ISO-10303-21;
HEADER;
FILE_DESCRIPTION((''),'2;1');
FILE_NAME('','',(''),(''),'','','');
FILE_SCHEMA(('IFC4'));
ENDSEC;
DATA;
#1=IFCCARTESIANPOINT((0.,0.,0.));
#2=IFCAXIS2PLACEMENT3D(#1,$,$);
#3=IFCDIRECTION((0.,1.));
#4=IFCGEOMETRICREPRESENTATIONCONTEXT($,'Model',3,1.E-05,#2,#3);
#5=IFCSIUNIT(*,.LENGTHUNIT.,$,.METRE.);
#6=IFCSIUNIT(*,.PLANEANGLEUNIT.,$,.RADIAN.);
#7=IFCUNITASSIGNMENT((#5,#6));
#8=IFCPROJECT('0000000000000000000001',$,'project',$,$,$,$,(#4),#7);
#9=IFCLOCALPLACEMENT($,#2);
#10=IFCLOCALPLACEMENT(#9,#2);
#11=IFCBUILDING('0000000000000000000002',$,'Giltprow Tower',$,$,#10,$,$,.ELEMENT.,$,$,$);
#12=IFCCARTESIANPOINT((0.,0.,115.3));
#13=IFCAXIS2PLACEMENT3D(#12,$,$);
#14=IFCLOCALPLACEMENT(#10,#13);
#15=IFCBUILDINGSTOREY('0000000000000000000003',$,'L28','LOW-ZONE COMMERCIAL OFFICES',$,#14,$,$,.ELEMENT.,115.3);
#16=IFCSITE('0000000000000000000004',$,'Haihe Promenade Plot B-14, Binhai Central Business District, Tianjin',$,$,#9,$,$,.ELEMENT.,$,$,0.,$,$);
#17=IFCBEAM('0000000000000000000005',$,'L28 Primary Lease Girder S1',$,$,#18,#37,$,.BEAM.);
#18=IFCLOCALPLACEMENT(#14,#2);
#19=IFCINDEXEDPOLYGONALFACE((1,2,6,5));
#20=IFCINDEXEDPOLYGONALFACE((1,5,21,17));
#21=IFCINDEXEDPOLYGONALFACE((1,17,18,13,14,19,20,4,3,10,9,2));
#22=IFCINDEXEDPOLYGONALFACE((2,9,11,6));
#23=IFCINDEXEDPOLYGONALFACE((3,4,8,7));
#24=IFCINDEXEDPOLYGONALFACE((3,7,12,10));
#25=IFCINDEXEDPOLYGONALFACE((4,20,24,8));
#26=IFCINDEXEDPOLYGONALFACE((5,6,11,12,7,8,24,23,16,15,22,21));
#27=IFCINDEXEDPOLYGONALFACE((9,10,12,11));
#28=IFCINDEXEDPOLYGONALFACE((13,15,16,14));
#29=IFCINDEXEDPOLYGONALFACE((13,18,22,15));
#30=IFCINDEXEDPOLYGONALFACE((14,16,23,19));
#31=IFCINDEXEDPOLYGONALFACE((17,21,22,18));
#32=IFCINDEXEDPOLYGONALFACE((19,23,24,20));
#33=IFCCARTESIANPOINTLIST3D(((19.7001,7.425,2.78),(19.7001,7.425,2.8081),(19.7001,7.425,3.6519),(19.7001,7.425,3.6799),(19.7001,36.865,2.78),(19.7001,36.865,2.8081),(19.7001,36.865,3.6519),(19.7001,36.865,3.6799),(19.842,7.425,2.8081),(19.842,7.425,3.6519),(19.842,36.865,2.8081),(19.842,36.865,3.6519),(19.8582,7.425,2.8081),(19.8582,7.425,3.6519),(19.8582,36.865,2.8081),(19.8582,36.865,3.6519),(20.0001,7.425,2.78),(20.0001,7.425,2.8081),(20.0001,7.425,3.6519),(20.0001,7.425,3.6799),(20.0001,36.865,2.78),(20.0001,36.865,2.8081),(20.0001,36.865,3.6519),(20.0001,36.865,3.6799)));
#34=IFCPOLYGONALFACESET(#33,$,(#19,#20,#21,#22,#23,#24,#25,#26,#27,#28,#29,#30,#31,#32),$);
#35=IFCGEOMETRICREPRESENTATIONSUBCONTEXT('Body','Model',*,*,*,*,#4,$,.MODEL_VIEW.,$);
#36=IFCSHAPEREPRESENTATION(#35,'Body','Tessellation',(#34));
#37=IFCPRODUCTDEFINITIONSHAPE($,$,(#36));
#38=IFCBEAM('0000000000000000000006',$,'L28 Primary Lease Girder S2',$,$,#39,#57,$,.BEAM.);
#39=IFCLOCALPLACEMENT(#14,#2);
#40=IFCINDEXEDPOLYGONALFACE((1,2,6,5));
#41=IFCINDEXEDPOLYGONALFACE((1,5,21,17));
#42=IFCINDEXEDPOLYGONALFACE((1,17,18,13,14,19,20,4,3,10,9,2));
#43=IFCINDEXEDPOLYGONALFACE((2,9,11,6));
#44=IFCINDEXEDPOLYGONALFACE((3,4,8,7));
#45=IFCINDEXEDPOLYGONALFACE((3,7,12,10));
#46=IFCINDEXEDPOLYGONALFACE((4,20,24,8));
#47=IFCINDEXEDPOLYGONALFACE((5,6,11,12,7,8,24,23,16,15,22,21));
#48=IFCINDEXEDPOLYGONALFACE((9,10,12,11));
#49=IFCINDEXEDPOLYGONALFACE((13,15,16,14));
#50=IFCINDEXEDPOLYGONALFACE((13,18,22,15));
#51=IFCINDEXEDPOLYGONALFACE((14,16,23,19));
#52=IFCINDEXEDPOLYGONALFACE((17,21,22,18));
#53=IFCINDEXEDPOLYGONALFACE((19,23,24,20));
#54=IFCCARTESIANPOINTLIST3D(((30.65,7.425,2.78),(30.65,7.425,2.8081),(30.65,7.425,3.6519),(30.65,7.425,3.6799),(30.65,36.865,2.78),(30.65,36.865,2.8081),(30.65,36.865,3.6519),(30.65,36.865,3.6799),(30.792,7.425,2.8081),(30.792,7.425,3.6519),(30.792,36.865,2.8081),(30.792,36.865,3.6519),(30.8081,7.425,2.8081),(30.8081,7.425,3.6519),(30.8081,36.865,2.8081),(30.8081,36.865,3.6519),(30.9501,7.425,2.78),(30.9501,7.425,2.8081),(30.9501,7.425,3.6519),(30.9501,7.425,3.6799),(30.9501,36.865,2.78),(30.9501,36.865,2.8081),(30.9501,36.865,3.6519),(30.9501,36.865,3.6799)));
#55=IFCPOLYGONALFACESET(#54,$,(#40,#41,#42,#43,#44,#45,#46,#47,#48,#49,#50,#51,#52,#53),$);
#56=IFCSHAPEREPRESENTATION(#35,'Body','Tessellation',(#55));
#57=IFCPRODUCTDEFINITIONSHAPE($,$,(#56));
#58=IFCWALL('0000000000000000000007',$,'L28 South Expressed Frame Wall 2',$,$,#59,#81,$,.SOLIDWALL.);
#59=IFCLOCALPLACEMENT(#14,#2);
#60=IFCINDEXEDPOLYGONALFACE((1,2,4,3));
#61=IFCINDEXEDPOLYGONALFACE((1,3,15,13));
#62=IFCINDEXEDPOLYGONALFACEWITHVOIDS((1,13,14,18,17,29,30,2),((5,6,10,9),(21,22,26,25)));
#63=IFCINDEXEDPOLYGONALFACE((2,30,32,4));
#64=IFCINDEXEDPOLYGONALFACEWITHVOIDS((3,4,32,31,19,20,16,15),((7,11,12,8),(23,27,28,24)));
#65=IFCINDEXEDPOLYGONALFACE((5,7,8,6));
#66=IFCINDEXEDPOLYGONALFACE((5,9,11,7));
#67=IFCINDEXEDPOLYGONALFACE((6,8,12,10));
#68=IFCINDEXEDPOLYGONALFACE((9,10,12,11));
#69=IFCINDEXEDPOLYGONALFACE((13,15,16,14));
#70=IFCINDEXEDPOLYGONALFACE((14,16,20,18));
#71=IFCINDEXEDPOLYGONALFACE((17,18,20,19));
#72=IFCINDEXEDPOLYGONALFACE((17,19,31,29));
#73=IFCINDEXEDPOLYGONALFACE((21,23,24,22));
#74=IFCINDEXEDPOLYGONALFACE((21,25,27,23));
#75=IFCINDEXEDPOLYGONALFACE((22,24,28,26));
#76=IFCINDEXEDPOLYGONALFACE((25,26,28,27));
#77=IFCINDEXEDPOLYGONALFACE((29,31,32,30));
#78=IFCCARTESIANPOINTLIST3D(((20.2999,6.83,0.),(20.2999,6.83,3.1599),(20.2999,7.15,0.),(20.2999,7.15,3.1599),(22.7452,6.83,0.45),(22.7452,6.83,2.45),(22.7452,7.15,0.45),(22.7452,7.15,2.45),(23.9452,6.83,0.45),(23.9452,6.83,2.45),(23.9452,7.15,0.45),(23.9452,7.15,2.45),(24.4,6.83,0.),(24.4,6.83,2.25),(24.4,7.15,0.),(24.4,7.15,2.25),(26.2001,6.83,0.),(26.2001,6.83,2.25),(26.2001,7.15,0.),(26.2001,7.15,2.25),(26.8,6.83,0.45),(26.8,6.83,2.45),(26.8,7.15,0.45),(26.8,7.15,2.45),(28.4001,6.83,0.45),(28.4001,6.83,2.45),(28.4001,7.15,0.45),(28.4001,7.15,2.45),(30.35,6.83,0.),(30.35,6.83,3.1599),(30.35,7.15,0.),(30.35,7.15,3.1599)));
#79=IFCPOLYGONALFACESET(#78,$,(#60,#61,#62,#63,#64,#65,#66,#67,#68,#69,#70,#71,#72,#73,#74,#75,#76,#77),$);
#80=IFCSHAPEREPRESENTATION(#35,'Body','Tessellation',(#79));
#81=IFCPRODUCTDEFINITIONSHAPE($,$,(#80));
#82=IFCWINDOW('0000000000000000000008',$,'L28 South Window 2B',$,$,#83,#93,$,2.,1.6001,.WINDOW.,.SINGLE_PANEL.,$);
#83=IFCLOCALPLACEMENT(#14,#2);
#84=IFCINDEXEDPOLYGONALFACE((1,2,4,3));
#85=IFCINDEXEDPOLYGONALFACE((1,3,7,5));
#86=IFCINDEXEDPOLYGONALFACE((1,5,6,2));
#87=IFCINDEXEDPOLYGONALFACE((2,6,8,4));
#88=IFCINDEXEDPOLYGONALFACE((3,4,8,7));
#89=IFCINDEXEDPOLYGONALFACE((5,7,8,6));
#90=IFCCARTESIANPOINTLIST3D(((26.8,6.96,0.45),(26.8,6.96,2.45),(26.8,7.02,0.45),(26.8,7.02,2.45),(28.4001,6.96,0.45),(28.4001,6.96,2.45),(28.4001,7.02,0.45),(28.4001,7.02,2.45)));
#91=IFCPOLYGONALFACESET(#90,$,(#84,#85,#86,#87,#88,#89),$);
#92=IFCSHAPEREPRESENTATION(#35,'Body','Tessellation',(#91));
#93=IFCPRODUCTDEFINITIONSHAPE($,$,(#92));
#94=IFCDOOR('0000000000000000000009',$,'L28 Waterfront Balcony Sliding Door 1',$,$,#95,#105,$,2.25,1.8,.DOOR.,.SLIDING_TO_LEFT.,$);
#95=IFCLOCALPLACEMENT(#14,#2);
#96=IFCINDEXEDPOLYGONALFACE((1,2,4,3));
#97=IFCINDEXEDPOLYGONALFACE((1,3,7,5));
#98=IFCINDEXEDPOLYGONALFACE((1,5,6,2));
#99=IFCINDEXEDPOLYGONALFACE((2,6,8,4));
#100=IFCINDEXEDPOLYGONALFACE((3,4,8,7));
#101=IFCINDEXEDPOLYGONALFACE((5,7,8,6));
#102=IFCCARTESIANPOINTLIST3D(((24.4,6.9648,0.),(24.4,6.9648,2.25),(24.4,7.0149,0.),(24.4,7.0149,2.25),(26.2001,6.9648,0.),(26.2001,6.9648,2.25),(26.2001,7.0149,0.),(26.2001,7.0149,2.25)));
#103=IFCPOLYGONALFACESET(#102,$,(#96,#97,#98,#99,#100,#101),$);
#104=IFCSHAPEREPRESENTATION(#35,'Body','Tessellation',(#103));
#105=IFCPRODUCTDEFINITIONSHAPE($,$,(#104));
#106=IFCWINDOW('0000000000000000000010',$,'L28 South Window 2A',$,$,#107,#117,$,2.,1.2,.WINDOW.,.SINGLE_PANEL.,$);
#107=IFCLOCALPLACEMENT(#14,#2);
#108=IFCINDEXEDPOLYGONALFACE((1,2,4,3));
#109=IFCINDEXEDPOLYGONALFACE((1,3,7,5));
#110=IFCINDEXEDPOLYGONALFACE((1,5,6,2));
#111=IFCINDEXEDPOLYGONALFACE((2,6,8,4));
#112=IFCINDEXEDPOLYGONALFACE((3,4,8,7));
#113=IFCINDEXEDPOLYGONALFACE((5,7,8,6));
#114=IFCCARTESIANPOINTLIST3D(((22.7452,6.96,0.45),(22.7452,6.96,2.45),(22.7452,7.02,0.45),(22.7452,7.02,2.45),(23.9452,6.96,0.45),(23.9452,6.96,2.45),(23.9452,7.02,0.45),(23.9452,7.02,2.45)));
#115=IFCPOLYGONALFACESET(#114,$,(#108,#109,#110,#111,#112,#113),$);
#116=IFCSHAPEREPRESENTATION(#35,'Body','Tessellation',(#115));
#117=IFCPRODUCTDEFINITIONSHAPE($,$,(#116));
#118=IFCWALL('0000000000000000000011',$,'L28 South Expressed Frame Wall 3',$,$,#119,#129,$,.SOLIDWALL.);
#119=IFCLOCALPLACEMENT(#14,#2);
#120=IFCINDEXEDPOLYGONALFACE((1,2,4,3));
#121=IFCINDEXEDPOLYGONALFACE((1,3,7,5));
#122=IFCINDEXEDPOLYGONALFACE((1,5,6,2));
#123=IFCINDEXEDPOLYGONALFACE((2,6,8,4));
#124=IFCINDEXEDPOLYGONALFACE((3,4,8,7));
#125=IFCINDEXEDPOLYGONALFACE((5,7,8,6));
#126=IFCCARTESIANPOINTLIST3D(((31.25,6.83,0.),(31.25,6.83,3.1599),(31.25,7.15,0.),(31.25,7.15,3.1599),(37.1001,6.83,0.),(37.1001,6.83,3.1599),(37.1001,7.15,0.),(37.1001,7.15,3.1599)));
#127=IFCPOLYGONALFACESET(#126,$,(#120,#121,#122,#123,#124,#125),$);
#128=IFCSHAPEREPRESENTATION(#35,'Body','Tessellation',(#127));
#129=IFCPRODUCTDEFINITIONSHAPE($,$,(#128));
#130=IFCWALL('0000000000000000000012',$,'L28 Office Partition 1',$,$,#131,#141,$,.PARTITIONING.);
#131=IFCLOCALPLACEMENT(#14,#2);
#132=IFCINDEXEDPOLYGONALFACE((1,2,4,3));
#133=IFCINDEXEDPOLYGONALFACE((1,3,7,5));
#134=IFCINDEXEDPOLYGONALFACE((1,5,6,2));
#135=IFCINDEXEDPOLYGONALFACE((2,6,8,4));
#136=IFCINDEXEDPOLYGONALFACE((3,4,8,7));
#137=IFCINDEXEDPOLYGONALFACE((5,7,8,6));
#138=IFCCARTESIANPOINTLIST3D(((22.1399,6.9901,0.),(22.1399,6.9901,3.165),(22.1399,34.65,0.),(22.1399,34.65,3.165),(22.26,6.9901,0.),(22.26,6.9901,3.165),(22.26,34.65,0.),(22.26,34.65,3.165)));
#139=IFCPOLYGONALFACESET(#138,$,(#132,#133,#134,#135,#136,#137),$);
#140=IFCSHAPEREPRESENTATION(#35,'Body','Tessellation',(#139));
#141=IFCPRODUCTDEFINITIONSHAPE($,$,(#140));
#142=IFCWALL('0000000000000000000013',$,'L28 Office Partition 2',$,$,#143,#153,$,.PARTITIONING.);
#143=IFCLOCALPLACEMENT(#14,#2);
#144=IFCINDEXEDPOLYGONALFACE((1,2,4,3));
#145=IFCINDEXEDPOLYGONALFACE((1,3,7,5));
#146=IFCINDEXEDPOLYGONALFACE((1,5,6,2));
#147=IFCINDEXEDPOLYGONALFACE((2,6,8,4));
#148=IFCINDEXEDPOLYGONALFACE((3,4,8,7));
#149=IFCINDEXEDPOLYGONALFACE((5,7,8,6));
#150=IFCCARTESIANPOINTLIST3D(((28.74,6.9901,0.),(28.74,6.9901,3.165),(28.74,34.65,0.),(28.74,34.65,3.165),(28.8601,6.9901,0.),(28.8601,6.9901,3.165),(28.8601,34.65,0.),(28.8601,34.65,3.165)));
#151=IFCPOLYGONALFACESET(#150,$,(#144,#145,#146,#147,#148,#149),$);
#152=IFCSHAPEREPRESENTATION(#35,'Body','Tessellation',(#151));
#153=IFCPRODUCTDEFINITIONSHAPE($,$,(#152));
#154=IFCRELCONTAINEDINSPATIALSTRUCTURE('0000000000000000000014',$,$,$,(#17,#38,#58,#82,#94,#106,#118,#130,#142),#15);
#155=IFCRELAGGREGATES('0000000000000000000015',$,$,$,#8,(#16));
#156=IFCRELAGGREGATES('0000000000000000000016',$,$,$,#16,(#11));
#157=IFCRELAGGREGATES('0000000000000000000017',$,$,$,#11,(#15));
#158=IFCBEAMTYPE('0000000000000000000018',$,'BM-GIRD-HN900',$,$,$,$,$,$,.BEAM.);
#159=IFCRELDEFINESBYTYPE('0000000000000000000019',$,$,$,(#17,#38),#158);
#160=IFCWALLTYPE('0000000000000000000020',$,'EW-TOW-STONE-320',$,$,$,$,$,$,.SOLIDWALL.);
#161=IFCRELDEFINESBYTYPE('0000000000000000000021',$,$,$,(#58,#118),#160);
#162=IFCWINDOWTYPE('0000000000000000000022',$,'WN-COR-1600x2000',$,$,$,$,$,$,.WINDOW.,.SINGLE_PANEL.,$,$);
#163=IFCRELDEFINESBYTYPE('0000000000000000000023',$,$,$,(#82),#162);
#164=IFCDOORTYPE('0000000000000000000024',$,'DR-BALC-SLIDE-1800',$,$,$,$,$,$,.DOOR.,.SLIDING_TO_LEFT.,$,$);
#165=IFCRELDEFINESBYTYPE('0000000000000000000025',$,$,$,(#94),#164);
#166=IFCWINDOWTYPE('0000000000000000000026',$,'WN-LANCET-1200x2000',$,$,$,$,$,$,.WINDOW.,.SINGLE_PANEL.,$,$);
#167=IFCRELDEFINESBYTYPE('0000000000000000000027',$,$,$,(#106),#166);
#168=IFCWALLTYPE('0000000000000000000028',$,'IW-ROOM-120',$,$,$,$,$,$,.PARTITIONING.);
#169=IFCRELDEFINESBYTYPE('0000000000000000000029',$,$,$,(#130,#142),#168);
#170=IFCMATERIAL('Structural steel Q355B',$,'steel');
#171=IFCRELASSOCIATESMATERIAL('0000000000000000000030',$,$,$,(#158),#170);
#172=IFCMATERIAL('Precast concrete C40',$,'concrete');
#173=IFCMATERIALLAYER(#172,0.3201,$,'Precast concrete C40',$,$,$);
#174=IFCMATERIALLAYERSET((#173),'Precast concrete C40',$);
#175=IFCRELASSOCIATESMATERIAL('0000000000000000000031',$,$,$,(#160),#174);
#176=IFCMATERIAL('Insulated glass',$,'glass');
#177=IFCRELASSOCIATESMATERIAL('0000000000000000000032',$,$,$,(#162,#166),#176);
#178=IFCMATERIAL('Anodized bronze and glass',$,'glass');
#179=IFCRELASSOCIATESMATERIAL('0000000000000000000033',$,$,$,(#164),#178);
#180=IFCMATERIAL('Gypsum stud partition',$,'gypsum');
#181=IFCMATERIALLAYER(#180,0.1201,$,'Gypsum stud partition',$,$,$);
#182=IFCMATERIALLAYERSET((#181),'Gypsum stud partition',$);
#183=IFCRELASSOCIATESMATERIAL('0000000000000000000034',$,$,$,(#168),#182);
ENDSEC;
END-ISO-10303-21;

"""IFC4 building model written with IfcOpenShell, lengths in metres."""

from ifc_helpers import new_model, si_unit, direction, frame, frame_2d, origin, origin_2d, place, context, subcontext, project, spatial, rectangle, i_section, extrude, source, transform, mapped, material, layer, layer_set, material_profile, profile_set, type_object, element, fill, save


model = new_model("IFC4")

# Units and contexts
model_context = context("Model", 3, precision=1e-05, world=origin(), true_north=direction((0.0, 1.0)))
body_context = subcontext(model_context, "Body", "Model", "MODEL_VIEW")
ifc_project = project(units=[si_unit("LENGTHUNIT", "METRE"), si_unit("PLANEANGLEUNIT", "RADIAN")], contexts=[model_context])

# Site, building, storey
site_placement = place(None, origin())
site = spatial("IfcSite", under=ifc_project, at=site_placement, Name="Haihe Promenade Plot B-14, Binhai Central Business District, Tianjin", CompositionType="ELEMENT", RefElevation=0.0)
building_placement = place(site_placement, origin())
building = spatial("IfcBuilding", under=site, at=building_placement, Name="Giltprow Tower", CompositionType="ELEMENT")
storey_placement = place(building_placement, frame((0.0, 0.0, 115.3)))
storey = spatial("IfcBuildingStorey", under=building, at=storey_placement, Name="L28", Description="LOW-ZONE COMMERCIAL OFFICES", CompositionType="ELEMENT", Elevation=115.3)

# Beams
ifc_material_1 = material(Name="Structural steel Q355B", Category="steel")
ifc_material_profile_1 = material_profile(ifc_material_1, i_section(OverallWidth=0.3, OverallDepth=0.8999, WebThickness=0.0161, FlangeThickness=0.0281, at=origin_2d()), Name="HN 900x300x16x28")
ifc_profile_set_1 = profile_set([ifc_material_profile_1], Name="Structural steel Q355B")
beam_type_1 = type_object("IfcBeamType", Name="BM-GIRD-HN900", PredefinedType="BEAM", material=ifc_profile_set_1)
shared_shape_1 = source(origin(), body_context, "Body", "SweptSolid", [
    extrude(i_section(OverallWidth=0.3, OverallDepth=0.8999, WebThickness=0.0161, FlangeThickness=0.0281, at=origin_2d()), origin(), (0.0, 0.0, 1.0), 29.4399),
])
for number, where, z_axis, x_axis, name in (
    (1, (19.8501, 7.425, 3.23), (0.0, 1.0, 0.0), (-1.0, 0.0, 0.0), "L28 Primary Lease Girder S1"),
    (2, (30.8, 7.425, 3.23), (0.0, 1.0, 0.0), (-1.0, 0.0, 0.0), "L28 Primary Lease Girder S2"),
):
    element("IfcBeam", number, at=place(storey_placement, frame(where, z_axis=z_axis, x_axis=x_axis)), inside=storey, type_object=beam_type_1, Name=name, PredefinedType="BEAM", context=body_context, shape_type="MappedRepresentation", body=[
        mapped(shared_shape_1, transform((0.0, 0.0, 0.0), x_axis=(1.0, 0.0, 0.0), y_axis=(0.0, 1.0, 0.0), z_axis=(0.0, 0.0, 1.0), scale=1.0)),
    ])

# Wall, openings, windows, door
ifc_material_2 = material(Name="Precast concrete C40", Category="concrete")
ifc_layer_1 = layer(ifc_material_2, 0.3201, Name="Precast concrete C40")
ifc_layer_set_1 = layer_set([ifc_layer_1], Name="Precast concrete C40")
wall_type_1 = type_object("IfcWallType", Name="EW-TOW-STONE-320", PredefinedType="SOLIDWALL", material=ifc_layer_set_1)
wall_1_placement = place(storey_placement, frame((20.3, 6.99, 0.0), z_axis=(0.0, 0.0, 1.0), x_axis=(1.0, 0.0, 0.0)))
wall_1 = element("IfcWall", 3, at=wall_1_placement, inside=storey, type_object=wall_type_1, Name="L28 South Expressed Frame Wall 2", PredefinedType="SOLIDWALL", context=body_context, shape_type="SweptSolid", body=[
    extrude(rectangle(XDim=10.05, YDim=0.3201, at=frame_2d((5.0249, 0.0))), origin(), (0.0, 0.0, 1.0), 3.1599),
])
opening_1_placement = place(wall_1_placement, frame((4.1001, 0.0, 0.0)))
opening_1 = element("IfcOpeningElement", 4, at=opening_1_placement, cuts=wall_1, PredefinedType="OPENING", context=body_context, shape_type="SweptSolid", body=[
    extrude(rectangle(XDim=1.8, YDim=2.25, at=frame_2d((0.8999, 1.125))), frame((0.0, 0.1699, 0.0), z_axis=(0.0, -1.0, 0.0), x_axis=(1.0, 0.0, 0.0)), (0.0, 0.0, 1.0), 0.3401),
])
opening_2_placement = place(wall_1_placement, frame((2.4451, 0.0, 0.45)))
opening_2 = element("IfcOpeningElement", 5, at=opening_2_placement, cuts=wall_1, PredefinedType="OPENING", context=body_context, shape_type="SweptSolid", body=[
    extrude(rectangle(XDim=1.2, YDim=2.0, at=frame_2d((0.6001, 1.0))), frame((0.0, 0.1699, 0.0), z_axis=(0.0, -1.0, 0.0), x_axis=(1.0, 0.0, 0.0)), (0.0, 0.0, 1.0), 0.3401),
])
opening_3_placement = place(wall_1_placement, frame((6.5, 0.0, 0.45)))
opening_3 = element("IfcOpeningElement", 6, at=opening_3_placement, cuts=wall_1, PredefinedType="OPENING", context=body_context, shape_type="SweptSolid", body=[
    extrude(rectangle(XDim=1.6001, YDim=2.0, at=frame_2d((0.8, 1.0))), frame((0.0, 0.1699, 0.0), z_axis=(0.0, -1.0, 0.0), x_axis=(1.0, 0.0, 0.0)), (0.0, 0.0, 1.0), 0.3401),
])
ifc_material_3 = material(Name="Insulated glass", Category="glass")
window_type_1 = type_object("IfcWindowType", Name="WN-COR-1600x2000", PartitioningType="SINGLE_PANEL", PredefinedType="WINDOW", material=ifc_material_3)
shared_shape_2 = source(origin(), body_context, "Body", "SweptSolid", [
    extrude(rectangle(XDim=1.6001, YDim=2.0, at=frame_2d((0.8, 1.0))), frame((0.0, 0.03, 0.0), z_axis=(0.0, -1.0, 0.0), x_axis=(1.0, 0.0, 0.0)), (0.0, 0.0, 1.0), 0.0601),
])
window_1_placement = place(opening_3_placement, origin())
window_1 = element("IfcWindow", 7, at=window_1_placement, inside=storey, type_object=window_type_1, Name="L28 South Window 2B", OverallHeight=2.0, OverallWidth=1.6001, PartitioningType="SINGLE_PANEL", PredefinedType="WINDOW", context=body_context, shape_type="MappedRepresentation", body=[
    mapped(shared_shape_2, transform((0.0, 0.0, 0.0), x_axis=(1.0, 0.0, 0.0), y_axis=(0.0, 1.0, 0.0), z_axis=(0.0, 0.0, 1.0), scale=1.0)),
])
fill(opening_3, window_1)
ifc_material_4 = material(Name="Anodized bronze and glass", Category="glass")
door_type_1 = type_object("IfcDoorType", Name="DR-BALC-SLIDE-1800", OperationType="SLIDING_TO_LEFT", PredefinedType="DOOR", material=ifc_material_4)
shared_shape_3 = source(origin(), body_context, "Body", "SweptSolid", [
    extrude(rectangle(XDim=1.8, YDim=2.25, at=frame_2d((0.8999, 1.125))), frame((0.0, 0.0249, 0.0), z_axis=(0.0, -1.0, 0.0), x_axis=(1.0, 0.0, 0.0)), (0.0, 0.0, 1.0), 0.05),
])
door_1_placement = place(opening_1_placement, origin())
door_1 = element("IfcDoor", 8, at=door_1_placement, inside=storey, type_object=door_type_1, Name="L28 Waterfront Balcony Sliding Door 1", OperationType="SLIDING_TO_LEFT", OverallHeight=2.25, OverallWidth=1.8, PredefinedType="DOOR", context=body_context, shape_type="MappedRepresentation", body=[
    mapped(shared_shape_3, transform((0.0, 0.0, 0.0), x_axis=(1.0, 0.0, 0.0), y_axis=(0.0, 1.0, 0.0), z_axis=(0.0, 0.0, 1.0), scale=1.0)),
])
fill(opening_1, door_1)
window_type_2 = type_object("IfcWindowType", Name="WN-LANCET-1200x2000", PartitioningType="SINGLE_PANEL", PredefinedType="WINDOW", material=ifc_material_3)
shared_shape_4 = source(origin(), body_context, "Body", "SweptSolid", [
    extrude(rectangle(XDim=1.2, YDim=2.0, at=frame_2d((0.6001, 1.0))), frame((0.0, 0.03, 0.0), z_axis=(0.0, -1.0, 0.0), x_axis=(1.0, 0.0, 0.0)), (0.0, 0.0, 1.0), 0.0601),
])
window_2_placement = place(opening_2_placement, origin())
window_2 = element("IfcWindow", 9, at=window_2_placement, inside=storey, type_object=window_type_2, Name="L28 South Window 2A", OverallHeight=2.0, OverallWidth=1.2, PartitioningType="SINGLE_PANEL", PredefinedType="WINDOW", context=body_context, shape_type="MappedRepresentation", body=[
    mapped(shared_shape_4, transform((0.0, 0.0, 0.0), x_axis=(1.0, 0.0, 0.0), y_axis=(0.0, 1.0, 0.0), z_axis=(0.0, 0.0, 1.0), scale=1.0)),
])
fill(opening_2, window_2)

# Walls
wall_2_placement = place(storey_placement, frame((31.25, 6.99, 0.0), z_axis=(0.0, 0.0, 1.0), x_axis=(1.0, 0.0, 0.0)))
element("IfcWall", 10, at=wall_2_placement, inside=storey, type_object=wall_type_1, Name="L28 South Expressed Frame Wall 3", PredefinedType="SOLIDWALL", context=body_context, shape_type="SweptSolid", body=[
    extrude(rectangle(XDim=5.8501, YDim=0.3201, at=frame_2d((2.925, 0.0))), origin(), (0.0, 0.0, 1.0), 3.1599),
])
ifc_material_5 = material(Name="Gypsum stud partition", Category="gypsum")
ifc_layer_2 = layer(ifc_material_5, 0.1201, Name="Gypsum stud partition")
ifc_layer_set_2 = layer_set([ifc_layer_2], Name="Gypsum stud partition")
wall_type_2 = type_object("IfcWallType", Name="IW-ROOM-120", PredefinedType="PARTITIONING", material=ifc_layer_set_2)
for number, where, z_axis, x_axis, name in (
    (11, (22.2, 6.99, 0.0), (0.0, 0.0, 1.0), (0.0, 1.0, 0.0), "L28 Office Partition 1"),
    (12, (28.8, 6.99, 0.0), (0.0, 0.0, 1.0), (0.0, 1.0, 0.0), "L28 Office Partition 2"),
):
    element("IfcWall", number, at=place(storey_placement, frame(where, z_axis=z_axis, x_axis=x_axis)), inside=storey, type_object=wall_type_2, Name=name, PredefinedType="PARTITIONING", context=body_context, shape_type="SweptSolid", body=[
        extrude(rectangle(XDim=27.6599, YDim=0.1201, at=frame_2d((13.8301, 0.0))), origin(), (0.0, 0.0, 1.0), 3.165),
    ])

save(model, "model.ifc")
